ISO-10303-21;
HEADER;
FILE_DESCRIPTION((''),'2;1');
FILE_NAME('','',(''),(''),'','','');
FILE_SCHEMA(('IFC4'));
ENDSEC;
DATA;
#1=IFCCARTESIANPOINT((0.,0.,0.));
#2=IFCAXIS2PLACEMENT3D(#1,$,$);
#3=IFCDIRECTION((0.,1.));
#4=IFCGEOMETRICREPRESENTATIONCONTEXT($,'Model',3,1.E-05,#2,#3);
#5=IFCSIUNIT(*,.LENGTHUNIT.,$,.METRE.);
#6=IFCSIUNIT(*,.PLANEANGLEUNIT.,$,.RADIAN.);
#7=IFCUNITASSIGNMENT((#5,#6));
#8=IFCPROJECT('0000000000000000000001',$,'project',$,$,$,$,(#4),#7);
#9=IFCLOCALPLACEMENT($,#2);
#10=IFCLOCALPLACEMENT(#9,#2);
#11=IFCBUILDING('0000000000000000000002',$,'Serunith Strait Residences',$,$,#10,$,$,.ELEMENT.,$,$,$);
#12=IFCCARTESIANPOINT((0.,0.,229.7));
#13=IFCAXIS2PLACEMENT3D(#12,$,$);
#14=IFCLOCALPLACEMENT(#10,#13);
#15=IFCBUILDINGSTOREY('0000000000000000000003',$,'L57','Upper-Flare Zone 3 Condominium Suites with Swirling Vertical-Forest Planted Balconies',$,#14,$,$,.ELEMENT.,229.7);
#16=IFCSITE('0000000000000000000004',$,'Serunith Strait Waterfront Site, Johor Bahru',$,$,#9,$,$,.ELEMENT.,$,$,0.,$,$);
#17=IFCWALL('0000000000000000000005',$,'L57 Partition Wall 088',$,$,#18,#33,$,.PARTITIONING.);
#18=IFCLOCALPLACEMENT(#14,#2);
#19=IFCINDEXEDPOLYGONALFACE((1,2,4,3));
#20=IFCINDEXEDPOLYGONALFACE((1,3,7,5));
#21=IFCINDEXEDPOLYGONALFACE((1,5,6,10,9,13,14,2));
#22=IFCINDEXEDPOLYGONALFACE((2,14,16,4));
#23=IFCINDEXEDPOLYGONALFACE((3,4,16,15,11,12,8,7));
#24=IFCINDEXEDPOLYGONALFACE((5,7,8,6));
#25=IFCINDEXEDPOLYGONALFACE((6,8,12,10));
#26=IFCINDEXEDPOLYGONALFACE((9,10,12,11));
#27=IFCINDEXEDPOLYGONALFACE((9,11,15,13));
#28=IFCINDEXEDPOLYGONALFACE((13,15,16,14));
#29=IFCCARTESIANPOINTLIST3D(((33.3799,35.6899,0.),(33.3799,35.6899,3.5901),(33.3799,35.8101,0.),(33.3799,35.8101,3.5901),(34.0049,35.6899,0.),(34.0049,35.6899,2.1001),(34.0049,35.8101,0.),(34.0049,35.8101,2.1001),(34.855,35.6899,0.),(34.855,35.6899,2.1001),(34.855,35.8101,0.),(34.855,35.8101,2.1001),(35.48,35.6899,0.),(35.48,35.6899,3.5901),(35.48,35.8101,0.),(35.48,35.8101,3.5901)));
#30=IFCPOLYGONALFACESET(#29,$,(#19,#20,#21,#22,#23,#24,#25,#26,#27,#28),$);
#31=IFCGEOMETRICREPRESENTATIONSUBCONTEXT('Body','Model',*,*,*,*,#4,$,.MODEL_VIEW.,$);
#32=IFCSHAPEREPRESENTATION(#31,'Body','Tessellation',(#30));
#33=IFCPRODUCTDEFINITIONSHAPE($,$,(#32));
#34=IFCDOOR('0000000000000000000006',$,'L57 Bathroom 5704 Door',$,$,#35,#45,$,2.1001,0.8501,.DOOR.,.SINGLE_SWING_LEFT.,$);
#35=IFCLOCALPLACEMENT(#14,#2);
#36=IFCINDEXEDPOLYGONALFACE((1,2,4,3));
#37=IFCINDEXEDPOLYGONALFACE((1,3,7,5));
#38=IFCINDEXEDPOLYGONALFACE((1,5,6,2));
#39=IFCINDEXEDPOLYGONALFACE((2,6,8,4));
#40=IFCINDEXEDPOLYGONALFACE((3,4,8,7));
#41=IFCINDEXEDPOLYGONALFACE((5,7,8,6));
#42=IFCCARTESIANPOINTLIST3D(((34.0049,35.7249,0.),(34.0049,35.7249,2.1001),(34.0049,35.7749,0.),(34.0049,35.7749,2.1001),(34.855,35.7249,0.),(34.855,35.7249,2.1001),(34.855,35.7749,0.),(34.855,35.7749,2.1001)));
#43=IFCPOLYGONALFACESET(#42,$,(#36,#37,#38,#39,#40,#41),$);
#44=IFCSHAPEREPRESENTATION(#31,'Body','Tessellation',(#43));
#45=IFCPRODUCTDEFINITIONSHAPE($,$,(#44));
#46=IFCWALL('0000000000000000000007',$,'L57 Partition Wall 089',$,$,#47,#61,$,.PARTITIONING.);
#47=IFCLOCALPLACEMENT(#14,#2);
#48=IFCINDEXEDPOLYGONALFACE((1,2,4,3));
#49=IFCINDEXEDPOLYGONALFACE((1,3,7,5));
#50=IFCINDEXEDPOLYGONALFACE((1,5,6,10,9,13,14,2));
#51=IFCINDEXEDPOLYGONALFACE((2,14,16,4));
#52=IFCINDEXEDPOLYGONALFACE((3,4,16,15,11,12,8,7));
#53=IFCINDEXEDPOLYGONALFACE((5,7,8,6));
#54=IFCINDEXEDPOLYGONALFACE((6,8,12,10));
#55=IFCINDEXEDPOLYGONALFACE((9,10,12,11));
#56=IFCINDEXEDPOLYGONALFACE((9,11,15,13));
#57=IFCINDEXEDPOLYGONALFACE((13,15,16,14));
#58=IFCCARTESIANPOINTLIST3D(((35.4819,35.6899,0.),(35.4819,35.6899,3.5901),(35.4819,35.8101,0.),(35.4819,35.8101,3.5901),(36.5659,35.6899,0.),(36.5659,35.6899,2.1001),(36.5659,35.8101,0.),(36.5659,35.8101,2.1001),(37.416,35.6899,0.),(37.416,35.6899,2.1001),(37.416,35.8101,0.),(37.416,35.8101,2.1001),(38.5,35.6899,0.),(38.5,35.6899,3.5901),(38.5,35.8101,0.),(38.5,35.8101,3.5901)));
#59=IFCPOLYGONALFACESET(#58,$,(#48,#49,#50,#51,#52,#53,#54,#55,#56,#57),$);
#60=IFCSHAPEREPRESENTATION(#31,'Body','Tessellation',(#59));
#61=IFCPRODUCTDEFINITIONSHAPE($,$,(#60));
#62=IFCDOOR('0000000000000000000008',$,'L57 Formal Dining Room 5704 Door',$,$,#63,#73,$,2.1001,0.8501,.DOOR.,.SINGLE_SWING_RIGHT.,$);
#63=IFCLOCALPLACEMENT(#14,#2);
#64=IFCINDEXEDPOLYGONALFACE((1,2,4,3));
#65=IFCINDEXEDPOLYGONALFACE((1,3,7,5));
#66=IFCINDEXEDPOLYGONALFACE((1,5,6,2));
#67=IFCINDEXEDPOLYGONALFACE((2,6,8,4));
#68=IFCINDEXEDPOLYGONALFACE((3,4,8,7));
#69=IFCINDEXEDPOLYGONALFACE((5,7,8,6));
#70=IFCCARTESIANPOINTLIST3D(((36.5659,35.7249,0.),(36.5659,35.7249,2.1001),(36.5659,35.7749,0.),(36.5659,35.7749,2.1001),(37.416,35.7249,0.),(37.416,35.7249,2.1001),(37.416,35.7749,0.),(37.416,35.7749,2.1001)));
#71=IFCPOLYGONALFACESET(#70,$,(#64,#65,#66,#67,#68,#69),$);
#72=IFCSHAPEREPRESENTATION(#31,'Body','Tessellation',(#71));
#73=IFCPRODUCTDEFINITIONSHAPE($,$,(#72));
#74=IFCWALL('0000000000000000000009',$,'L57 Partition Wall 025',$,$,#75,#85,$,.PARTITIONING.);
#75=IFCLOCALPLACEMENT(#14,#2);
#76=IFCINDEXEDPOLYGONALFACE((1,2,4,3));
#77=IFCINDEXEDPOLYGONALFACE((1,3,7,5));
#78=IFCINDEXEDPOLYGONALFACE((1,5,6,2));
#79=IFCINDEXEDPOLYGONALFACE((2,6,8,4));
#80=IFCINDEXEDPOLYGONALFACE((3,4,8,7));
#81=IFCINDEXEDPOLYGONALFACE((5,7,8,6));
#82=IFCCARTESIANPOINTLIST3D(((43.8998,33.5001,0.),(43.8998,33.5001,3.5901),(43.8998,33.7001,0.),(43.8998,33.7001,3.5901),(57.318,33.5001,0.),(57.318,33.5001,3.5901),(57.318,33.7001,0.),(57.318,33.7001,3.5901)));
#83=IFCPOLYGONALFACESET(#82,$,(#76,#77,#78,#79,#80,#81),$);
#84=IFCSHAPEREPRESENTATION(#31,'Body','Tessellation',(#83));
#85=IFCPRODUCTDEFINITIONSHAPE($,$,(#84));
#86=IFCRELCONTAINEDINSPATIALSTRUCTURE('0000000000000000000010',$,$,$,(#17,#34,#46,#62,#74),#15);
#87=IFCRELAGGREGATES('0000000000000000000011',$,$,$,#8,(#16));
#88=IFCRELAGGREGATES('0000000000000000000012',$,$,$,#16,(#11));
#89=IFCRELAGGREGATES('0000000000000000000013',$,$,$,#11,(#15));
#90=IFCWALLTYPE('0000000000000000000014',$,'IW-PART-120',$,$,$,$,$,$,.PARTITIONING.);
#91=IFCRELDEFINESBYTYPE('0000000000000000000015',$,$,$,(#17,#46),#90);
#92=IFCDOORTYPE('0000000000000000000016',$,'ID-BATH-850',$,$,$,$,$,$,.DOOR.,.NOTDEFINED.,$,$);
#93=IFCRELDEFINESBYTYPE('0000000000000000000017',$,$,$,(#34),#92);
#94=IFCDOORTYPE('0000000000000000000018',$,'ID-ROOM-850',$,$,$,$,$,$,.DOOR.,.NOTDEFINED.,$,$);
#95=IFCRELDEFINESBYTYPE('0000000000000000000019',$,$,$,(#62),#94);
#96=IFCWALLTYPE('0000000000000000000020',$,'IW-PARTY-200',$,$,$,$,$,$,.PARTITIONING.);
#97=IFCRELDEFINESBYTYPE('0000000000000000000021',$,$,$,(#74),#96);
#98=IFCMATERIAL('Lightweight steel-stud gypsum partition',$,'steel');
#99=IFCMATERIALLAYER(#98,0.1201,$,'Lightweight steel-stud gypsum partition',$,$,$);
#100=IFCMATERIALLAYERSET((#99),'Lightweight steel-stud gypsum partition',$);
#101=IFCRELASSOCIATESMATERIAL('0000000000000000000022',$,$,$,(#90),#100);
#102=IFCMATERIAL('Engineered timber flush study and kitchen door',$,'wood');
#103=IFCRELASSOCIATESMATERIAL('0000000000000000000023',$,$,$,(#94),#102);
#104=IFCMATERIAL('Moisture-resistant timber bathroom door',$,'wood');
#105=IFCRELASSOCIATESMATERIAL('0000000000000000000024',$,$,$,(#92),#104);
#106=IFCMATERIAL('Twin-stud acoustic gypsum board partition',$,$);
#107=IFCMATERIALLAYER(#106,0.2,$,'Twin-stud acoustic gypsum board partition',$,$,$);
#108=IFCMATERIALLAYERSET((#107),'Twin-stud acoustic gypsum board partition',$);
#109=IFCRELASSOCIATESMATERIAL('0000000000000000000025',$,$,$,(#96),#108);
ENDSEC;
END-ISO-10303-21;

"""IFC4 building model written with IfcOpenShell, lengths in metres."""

from ifc_helpers import new_model, si_unit, direction, frame, frame_2d, origin, place, context, subcontext, project, spatial, rectangle, extrude, source, transform, mapped, material, layer, layer_set, type_object, element, fill, save


model = new_model("IFC4")

# Units and contexts
model_context = context("Model", 3, precision=1e-05, world=origin(), true_north=direction((0.0, 1.0)))
body_context = subcontext(model_context, "Body", "Model", "MODEL_VIEW")
ifc_project = project(units=[si_unit("LENGTHUNIT", "METRE"), si_unit("PLANEANGLEUNIT", "RADIAN")], contexts=[model_context])

# Site, building, storey
site_placement = place(None, origin())
site = spatial("IfcSite", under=ifc_project, at=site_placement, Name="Serunith Strait Waterfront Site, Johor Bahru", CompositionType="ELEMENT", RefElevation=0.0)
building_placement = place(site_placement, origin())
building = spatial("IfcBuilding", under=site, at=building_placement, Name="Serunith Strait Residences", CompositionType="ELEMENT")
storey_placement = place(building_placement, frame((0.0, 0.0, 229.7)))
storey = spatial("IfcBuildingStorey", under=building, at=storey_placement, Name="L57", Description="Upper-Flare Zone 3 Condominium Suites with Swirling Vertical-Forest Planted Balconies", CompositionType="ELEMENT", Elevation=229.7)

# Shared definitions
ifc_material_1 = material(Name="Lightweight steel-stud gypsum partition", Category="steel")
ifc_layer_1 = layer(ifc_material_1, 0.1201, Name="Lightweight steel-stud gypsum partition")
ifc_layer_set_1 = layer_set([ifc_layer_1], Name="Lightweight steel-stud gypsum partition")
wall_type_1 = type_object("IfcWallType", Name="IW-PART-120", PredefinedType="PARTITIONING", material=ifc_layer_set_1)
ifc_material_2 = material(Name="Engineered timber flush study and kitchen door", Category="wood")
door_type_1 = type_object("IfcDoorType", Name="ID-ROOM-850", OperationType="NOTDEFINED", PredefinedType="DOOR", material=ifc_material_2)
shared_shape_1 = source(origin(), body_context, "Body", "SweptSolid", [
    extrude(rectangle(XDim=0.8501, YDim=2.1001, at=frame_2d((0.425, 1.05))), frame((0.0, 0.0249, 0.0), z_axis=(0.0, -1.0, 0.0), x_axis=(1.0, 0.0, 0.0)), (0.0, 0.0, 1.0), 0.05),
])

# Walls, openings, doors
wall_1_placement = place(storey_placement, frame((33.3799, 35.75, 0.0), z_axis=(0.0, 0.0, 1.0), x_axis=(1.0, 0.0, 0.0)))
wall_1 = element("IfcWall", 1, at=wall_1_placement, inside=storey, type_object=wall_type_1, Name="L57 Partition Wall 088", PredefinedType="PARTITIONING", context=body_context, shape_type="SweptSolid", body=[
    extrude(rectangle(XDim=2.1001, YDim=0.1201, at=frame_2d((1.05, 0.0))), origin(), (0.0, 0.0, 1.0), 3.5901),
])
opening_1_placement = place(wall_1_placement, frame((0.625, 0.0, 0.0)))
opening_1 = element("IfcOpeningElement", 2, at=opening_1_placement, cuts=wall_1, PredefinedType="OPENING", context=body_context, shape_type="SweptSolid", body=[
    extrude(rectangle(XDim=0.8501, YDim=2.1001, at=frame_2d((0.425, 1.05))), frame((0.0, 0.0701, 0.0), z_axis=(0.0, -1.0, 0.0), x_axis=(1.0, 0.0, 0.0)), (0.0, 0.0, 1.0), 0.1401),
])
ifc_material_3 = material(Name="Moisture-resistant timber bathroom door", Category="wood")
door_type_2 = type_object("IfcDoorType", Name="ID-BATH-850", OperationType="NOTDEFINED", PredefinedType="DOOR", material=ifc_material_3)
door_1_placement = place(opening_1_placement, origin())
door_1 = element("IfcDoor", 3, at=door_1_placement, inside=storey, type_object=door_type_2, Name="L57 Bathroom 5704 Door", OperationType="SINGLE_SWING_LEFT", OverallHeight=2.1001, OverallWidth=0.8501, PredefinedType="DOOR", context=body_context, shape_type="MappedRepresentation", body=[
    mapped(shared_shape_1, transform((0.0, 0.0, 0.0), scale=1.0)),
])
fill(opening_1, door_1)
wall_2_placement = place(storey_placement, frame((35.4819, 35.75, 0.0), z_axis=(0.0, 0.0, 1.0), x_axis=(1.0, 0.0, 0.0)))
wall_2 = element("IfcWall", 4, at=wall_2_placement, inside=storey, type_object=wall_type_1, Name="L57 Partition Wall 089", PredefinedType="PARTITIONING", context=body_context, shape_type="SweptSolid", body=[
    extrude(rectangle(XDim=3.0181, YDim=0.1201, at=frame_2d((1.509, 0.0))), origin(), (0.0, 0.0, 1.0), 3.5901),
])
opening_2_placement = place(wall_2_placement, frame((1.084, 0.0, 0.0)))
opening_2 = element("IfcOpeningElement", 5, at=opening_2_placement, cuts=wall_2, PredefinedType="OPENING", context=body_context, shape_type="SweptSolid", body=[
    extrude(rectangle(XDim=0.8501, YDim=2.1001, at=frame_2d((0.425, 1.05))), frame((0.0, 0.0701, 0.0), z_axis=(0.0, -1.0, 0.0), x_axis=(1.0, 0.0, 0.0)), (0.0, 0.0, 1.0), 0.1401),
])
door_2_placement = place(opening_2_placement, origin())
door_2 = element("IfcDoor", 6, at=door_2_placement, inside=storey, type_object=door_type_1, Name="L57 Formal Dining Room 5704 Door", OperationType="SINGLE_SWING_RIGHT", OverallHeight=2.1001, OverallWidth=0.8501, PredefinedType="DOOR", context=body_context, shape_type="MappedRepresentation", body=[
    mapped(shared_shape_1, transform((0.0, 0.0, 0.0), scale=1.0)),
])
fill(opening_2, door_2)

# Wall
ifc_material_4 = material(Name="Twin-stud acoustic gypsum board partition")
ifc_layer_2 = layer(ifc_material_4, 0.2, Name="Twin-stud acoustic gypsum board partition")
ifc_layer_set_2 = layer_set([ifc_layer_2], Name="Twin-stud acoustic gypsum board partition")
wall_type_2 = type_object("IfcWallType", Name="IW-PARTY-200", PredefinedType="PARTITIONING", material=ifc_layer_set_2)
wall_3_placement = place(storey_placement, frame((43.8999, 33.6001, 0.0), z_axis=(0.0, 0.0, 1.0), x_axis=(1.0, 0.0, 0.0)))
element("IfcWall", 7, at=wall_3_placement, inside=storey, type_object=wall_type_2, Name="L57 Partition Wall 025", PredefinedType="PARTITIONING", context=body_context, shape_type="SweptSolid", body=[
    extrude(rectangle(XDim=13.4182, YDim=0.2, at=frame_2d((6.709, 0.0))), origin(), (0.0, 0.0, 1.0), 3.5901),
])

save(model, "model.ifc")
